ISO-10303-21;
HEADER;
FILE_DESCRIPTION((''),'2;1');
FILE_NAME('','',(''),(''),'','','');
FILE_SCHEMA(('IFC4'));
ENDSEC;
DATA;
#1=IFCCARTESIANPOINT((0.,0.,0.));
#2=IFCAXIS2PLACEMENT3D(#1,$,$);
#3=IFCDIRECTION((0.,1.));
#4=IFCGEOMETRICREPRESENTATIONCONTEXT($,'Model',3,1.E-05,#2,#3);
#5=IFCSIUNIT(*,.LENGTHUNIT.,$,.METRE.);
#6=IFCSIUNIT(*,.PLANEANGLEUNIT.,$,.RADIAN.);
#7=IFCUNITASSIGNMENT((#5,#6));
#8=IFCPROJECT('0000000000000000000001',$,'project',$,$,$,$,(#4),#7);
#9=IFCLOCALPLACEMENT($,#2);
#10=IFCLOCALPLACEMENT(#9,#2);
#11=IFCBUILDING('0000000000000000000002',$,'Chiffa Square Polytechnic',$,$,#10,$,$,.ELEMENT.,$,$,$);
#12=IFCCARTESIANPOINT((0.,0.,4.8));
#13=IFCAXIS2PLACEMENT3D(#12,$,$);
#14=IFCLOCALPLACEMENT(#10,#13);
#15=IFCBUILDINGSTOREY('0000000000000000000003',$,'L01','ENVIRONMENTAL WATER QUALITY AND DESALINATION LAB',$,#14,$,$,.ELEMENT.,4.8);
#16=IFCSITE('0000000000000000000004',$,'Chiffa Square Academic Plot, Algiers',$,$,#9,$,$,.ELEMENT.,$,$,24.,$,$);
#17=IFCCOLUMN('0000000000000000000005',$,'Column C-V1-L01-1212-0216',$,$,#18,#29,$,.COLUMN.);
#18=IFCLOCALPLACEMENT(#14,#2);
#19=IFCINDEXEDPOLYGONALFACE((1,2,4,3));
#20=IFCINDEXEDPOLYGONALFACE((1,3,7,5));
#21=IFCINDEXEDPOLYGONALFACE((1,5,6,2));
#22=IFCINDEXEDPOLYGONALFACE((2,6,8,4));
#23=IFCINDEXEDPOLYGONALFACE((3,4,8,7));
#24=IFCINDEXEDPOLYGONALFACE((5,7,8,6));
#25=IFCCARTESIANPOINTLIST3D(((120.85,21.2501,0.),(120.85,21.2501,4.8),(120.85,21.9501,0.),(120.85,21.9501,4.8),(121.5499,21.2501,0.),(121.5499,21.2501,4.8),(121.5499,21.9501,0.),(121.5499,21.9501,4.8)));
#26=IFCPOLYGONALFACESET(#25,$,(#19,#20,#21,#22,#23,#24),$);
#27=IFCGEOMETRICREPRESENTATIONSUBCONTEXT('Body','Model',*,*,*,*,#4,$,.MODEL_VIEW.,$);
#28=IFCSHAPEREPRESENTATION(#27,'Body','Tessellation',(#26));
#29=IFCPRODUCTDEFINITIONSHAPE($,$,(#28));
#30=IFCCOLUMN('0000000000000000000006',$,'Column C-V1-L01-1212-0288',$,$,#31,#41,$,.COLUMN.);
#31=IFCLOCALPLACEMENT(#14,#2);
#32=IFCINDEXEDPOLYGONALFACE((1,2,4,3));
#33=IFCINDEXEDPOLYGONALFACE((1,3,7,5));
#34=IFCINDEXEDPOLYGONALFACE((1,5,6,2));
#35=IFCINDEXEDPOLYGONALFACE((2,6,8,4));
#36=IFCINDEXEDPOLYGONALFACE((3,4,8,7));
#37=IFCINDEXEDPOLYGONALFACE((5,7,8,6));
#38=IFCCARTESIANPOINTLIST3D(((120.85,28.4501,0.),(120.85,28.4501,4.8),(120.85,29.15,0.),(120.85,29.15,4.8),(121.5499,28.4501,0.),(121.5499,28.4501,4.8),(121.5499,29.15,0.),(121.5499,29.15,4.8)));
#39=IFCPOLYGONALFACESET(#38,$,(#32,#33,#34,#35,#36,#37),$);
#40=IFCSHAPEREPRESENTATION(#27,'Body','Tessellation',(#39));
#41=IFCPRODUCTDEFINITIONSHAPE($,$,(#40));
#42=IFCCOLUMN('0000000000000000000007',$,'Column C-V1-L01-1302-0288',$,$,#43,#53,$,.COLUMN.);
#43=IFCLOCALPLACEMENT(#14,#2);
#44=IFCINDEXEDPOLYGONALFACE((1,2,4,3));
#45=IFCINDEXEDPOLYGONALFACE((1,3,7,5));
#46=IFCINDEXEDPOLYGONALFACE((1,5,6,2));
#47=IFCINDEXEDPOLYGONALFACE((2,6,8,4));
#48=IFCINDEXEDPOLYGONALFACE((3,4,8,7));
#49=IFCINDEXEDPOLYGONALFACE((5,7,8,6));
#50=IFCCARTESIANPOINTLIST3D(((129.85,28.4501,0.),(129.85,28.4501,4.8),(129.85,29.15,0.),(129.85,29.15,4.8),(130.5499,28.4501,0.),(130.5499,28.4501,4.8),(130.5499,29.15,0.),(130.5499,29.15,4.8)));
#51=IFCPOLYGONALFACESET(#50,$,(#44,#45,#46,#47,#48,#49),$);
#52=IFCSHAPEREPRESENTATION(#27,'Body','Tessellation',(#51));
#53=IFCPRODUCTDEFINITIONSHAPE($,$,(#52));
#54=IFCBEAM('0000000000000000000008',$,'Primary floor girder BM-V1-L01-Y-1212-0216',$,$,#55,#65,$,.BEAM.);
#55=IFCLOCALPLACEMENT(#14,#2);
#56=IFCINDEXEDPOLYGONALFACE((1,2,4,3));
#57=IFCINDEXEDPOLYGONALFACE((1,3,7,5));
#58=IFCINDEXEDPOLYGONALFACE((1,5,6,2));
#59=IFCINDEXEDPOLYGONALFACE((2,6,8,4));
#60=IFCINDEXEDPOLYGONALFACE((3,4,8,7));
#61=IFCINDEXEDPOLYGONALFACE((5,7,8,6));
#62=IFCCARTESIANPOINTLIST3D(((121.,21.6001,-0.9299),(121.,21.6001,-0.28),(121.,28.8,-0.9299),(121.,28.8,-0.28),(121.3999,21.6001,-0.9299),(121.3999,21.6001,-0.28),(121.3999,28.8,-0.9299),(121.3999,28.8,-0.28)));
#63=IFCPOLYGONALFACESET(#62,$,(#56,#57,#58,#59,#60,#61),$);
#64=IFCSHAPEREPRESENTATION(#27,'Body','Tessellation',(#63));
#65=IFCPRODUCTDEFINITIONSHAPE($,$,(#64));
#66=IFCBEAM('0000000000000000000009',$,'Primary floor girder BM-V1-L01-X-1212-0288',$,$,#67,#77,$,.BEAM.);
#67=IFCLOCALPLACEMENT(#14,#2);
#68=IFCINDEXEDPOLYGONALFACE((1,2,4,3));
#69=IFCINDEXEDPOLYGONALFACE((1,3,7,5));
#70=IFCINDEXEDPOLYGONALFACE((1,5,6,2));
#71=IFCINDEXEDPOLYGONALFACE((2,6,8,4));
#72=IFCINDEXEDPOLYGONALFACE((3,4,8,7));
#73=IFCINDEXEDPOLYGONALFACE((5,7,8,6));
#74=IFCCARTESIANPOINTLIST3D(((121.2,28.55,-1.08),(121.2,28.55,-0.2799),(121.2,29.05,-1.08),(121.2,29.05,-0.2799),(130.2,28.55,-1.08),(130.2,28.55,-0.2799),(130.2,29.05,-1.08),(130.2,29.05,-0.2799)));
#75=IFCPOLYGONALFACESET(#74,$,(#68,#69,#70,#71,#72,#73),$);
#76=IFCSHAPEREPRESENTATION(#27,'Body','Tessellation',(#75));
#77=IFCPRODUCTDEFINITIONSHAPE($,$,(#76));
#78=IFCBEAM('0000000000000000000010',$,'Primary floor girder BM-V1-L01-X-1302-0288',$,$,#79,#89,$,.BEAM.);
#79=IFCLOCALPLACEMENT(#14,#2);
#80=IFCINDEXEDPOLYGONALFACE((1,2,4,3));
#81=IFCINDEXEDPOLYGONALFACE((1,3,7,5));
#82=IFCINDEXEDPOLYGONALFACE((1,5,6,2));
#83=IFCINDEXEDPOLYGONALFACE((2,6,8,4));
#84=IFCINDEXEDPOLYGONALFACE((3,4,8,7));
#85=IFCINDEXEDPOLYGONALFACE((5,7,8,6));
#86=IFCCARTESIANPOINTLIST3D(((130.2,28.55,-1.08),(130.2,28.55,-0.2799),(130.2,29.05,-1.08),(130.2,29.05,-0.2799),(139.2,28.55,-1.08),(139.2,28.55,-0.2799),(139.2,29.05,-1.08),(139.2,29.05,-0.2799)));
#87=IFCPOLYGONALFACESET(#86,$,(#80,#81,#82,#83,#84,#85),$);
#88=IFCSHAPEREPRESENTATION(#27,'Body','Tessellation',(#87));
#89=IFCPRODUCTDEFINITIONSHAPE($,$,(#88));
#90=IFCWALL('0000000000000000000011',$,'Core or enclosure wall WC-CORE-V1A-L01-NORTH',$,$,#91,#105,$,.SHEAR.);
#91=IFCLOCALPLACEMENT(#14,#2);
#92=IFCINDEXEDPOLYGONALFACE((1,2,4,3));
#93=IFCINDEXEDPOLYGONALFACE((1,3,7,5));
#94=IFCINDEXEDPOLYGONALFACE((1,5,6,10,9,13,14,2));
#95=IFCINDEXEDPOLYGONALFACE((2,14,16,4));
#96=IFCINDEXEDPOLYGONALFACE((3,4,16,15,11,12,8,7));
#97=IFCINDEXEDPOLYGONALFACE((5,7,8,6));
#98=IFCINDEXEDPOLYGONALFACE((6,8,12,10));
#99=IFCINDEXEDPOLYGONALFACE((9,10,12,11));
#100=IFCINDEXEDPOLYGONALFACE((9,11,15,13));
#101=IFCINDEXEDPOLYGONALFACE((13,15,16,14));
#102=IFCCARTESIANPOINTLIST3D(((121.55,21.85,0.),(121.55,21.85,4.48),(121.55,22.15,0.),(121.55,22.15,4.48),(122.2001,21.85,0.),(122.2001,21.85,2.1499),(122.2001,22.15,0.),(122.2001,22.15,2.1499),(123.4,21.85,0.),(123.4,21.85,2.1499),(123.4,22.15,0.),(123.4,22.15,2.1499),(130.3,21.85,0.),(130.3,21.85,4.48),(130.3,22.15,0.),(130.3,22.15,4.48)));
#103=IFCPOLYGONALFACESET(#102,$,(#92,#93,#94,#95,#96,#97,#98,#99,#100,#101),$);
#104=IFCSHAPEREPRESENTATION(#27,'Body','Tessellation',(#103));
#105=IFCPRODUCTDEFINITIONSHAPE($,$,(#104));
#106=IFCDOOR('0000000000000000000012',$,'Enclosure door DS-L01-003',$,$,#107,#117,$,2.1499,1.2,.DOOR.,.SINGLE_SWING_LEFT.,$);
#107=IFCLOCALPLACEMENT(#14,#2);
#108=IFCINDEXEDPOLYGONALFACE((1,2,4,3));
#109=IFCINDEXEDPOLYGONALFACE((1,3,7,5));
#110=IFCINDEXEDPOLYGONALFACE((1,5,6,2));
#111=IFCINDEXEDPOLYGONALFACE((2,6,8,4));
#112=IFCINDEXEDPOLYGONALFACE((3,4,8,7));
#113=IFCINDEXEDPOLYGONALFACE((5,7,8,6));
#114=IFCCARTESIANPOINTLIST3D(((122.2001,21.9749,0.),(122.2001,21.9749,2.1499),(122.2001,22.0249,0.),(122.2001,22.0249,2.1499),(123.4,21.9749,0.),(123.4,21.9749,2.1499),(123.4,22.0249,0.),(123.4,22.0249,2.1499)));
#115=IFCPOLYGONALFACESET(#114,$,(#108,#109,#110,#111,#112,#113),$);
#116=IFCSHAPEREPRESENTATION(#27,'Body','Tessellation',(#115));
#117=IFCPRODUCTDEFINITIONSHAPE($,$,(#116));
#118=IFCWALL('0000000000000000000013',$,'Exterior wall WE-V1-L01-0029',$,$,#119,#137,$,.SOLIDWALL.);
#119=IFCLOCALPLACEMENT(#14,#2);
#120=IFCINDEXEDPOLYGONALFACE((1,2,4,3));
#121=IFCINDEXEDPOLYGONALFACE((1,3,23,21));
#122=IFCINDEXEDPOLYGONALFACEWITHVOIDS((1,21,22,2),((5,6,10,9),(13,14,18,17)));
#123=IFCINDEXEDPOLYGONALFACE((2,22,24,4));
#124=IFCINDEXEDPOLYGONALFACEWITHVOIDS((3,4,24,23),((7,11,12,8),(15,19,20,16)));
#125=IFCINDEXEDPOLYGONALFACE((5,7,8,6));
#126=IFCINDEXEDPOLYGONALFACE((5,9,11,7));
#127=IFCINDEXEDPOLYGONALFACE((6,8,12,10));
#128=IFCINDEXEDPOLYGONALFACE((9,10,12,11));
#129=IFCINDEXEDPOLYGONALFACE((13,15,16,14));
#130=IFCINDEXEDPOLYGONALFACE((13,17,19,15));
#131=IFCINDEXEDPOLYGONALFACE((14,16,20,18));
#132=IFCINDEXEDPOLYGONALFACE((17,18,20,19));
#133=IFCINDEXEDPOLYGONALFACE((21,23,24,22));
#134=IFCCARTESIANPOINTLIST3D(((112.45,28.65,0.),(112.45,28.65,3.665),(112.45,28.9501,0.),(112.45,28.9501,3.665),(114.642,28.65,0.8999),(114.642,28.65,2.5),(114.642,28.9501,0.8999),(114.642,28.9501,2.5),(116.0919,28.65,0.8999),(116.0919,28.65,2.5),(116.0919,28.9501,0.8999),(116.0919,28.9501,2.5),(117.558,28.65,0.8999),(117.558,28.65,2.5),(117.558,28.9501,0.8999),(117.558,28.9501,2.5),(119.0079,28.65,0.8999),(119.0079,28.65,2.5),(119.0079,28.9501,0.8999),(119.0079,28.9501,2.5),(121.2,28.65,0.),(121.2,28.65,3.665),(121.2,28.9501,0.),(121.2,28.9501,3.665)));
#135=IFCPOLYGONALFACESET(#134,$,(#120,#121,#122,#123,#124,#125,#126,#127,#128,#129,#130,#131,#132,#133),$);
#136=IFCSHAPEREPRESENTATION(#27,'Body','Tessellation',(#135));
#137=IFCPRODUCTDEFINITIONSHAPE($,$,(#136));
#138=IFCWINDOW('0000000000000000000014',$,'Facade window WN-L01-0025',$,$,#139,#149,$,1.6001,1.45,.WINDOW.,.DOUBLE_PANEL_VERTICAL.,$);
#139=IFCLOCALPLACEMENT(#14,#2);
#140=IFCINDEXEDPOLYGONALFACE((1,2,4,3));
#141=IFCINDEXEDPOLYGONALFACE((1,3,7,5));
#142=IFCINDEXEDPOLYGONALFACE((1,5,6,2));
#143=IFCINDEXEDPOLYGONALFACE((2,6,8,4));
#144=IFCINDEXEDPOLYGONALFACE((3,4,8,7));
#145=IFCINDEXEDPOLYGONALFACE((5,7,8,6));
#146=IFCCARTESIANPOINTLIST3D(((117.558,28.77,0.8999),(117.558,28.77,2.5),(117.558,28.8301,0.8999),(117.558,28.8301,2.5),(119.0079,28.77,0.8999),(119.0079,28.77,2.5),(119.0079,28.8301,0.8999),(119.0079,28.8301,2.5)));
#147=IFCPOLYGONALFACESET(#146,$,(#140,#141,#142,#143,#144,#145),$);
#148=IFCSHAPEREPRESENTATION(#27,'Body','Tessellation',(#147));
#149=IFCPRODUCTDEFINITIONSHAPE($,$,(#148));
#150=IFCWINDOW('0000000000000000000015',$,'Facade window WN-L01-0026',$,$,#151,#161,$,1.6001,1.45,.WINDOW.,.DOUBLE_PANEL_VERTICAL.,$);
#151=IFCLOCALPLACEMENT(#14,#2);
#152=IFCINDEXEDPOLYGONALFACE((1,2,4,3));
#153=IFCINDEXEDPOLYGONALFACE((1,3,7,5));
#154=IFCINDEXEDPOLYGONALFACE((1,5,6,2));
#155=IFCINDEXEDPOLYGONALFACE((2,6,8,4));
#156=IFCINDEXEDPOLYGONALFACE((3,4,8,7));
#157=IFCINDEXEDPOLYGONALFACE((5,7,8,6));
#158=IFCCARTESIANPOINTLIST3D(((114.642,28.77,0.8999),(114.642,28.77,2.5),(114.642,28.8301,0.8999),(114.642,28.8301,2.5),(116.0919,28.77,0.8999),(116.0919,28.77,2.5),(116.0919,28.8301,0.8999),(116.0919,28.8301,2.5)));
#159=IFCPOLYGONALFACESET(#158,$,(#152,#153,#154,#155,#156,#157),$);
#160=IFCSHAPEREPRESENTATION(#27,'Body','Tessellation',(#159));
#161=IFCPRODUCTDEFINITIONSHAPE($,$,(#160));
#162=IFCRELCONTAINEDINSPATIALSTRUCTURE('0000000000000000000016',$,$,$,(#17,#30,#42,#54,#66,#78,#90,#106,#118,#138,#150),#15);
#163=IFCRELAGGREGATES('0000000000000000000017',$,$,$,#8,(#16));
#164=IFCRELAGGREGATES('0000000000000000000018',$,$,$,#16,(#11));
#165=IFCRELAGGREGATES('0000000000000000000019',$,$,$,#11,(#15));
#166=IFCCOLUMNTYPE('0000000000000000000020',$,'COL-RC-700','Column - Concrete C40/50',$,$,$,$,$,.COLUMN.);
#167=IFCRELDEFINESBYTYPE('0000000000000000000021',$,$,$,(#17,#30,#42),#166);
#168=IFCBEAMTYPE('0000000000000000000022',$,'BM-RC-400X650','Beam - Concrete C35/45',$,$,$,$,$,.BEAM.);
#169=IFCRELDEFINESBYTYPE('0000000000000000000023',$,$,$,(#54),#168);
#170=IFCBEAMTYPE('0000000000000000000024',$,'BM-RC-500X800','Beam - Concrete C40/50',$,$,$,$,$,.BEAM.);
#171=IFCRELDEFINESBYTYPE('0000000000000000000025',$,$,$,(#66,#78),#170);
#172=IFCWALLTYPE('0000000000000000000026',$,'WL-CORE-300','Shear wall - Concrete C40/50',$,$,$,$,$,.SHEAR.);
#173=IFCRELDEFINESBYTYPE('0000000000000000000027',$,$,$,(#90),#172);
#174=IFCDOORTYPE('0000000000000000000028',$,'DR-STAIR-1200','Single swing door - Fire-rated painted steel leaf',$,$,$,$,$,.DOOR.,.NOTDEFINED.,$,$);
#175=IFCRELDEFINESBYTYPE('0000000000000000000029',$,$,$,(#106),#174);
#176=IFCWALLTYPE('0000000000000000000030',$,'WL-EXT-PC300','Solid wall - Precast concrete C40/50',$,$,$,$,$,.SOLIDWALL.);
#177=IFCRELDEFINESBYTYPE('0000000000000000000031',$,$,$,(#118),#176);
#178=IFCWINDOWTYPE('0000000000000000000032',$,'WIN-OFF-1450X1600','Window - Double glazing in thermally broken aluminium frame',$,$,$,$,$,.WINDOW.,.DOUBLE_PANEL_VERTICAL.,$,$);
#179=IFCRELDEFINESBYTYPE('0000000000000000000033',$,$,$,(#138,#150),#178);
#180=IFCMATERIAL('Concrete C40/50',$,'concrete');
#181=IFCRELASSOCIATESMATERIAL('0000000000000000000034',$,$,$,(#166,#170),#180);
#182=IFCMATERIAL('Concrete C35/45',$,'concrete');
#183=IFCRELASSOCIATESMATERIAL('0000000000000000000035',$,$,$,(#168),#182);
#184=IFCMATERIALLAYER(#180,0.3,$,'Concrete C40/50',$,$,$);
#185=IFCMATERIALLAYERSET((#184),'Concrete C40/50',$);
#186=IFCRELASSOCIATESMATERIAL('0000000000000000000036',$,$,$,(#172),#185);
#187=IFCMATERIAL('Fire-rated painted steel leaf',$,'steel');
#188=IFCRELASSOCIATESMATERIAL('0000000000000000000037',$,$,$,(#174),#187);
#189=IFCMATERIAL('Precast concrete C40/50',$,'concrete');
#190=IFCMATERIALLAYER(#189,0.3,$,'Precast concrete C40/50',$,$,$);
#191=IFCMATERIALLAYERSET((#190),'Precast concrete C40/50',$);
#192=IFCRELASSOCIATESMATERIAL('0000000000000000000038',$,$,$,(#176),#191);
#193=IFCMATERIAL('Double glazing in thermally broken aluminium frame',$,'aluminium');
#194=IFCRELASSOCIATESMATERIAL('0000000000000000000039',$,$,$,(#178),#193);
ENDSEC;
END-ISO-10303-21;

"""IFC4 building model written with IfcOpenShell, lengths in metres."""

from ifc_helpers import new_model, si_unit, direction, frame, frame_2d, origin, origin_2d, place, context, subcontext, project, spatial, rectangle, extrude, material, layer, layer_set, material_profile, profile_set, type_object, element, fill, save


model = new_model("IFC4")

# Units and contexts
model_context = context("Model", 3, precision=1e-05, world=origin(), true_north=direction((0.0, 1.0)))
body_context = subcontext(model_context, "Body", "Model", "MODEL_VIEW")
ifc_project = project(units=[si_unit("LENGTHUNIT", "METRE"), si_unit("PLANEANGLEUNIT", "RADIAN")], contexts=[model_context])

# Site, building, storey
site_placement = place(None, origin())
site = spatial("IfcSite", under=ifc_project, at=site_placement, Name="Chiffa Square Academic Plot, Algiers", CompositionType="ELEMENT", RefElevation=24.0)
building_placement = place(site_placement, origin())
building = spatial("IfcBuilding", under=site, at=building_placement, Name="Chiffa Square Polytechnic", CompositionType="ELEMENT")
storey_placement = place(building_placement, frame((0.0, 0.0, 4.8)))
storey = spatial("IfcBuildingStorey", under=building, at=storey_placement, Name="L01", Description="ENVIRONMENTAL WATER QUALITY AND DESALINATION LAB", CompositionType="ELEMENT", Elevation=4.8)

# Columns
ifc_material_1 = material(Name="Concrete C40/50", Category="concrete")
ifc_material_profile_1 = material_profile(ifc_material_1, rectangle(XDim=0.7, YDim=0.7, at=origin_2d()), Name="RC 700x700")
ifc_profile_set_1 = profile_set([ifc_material_profile_1], Name="Concrete C40/50")
column_type = type_object("IfcColumnType", Name="COL-RC-700", Description="Column - Concrete C40/50", PredefinedType="COLUMN", material=ifc_profile_set_1)
for number, where, z_axis, x_axis, name in (
    (1, (121.2, 21.6001, 0.0), (0.0, 0.0, 1.0), (1.0, 0.0, 0.0), "Column C-V1-L01-1212-0216"),
    (2, (121.2, 28.8, 0.0), (0.0, 0.0, 1.0), (1.0, 0.0, 0.0), "Column C-V1-L01-1212-0288"),
    (3, (130.2, 28.8, 0.0), (0.0, 0.0, 1.0), (1.0, 0.0, 0.0), "Column C-V1-L01-1302-0288"),
):
    element("IfcColumn", number, at=place(storey_placement, frame(where, z_axis=z_axis, x_axis=x_axis)), inside=storey, type_object=column_type, Name=name, PredefinedType="COLUMN", context=body_context, shape_type="SweptSolid", body=[
        extrude(rectangle(XDim=0.7, YDim=0.7, at=origin_2d()), origin(), (0.0, 0.0, 1.0), 4.8),
    ])

# Beams
ifc_material_2 = material(Name="Concrete C35/45", Category="concrete")
ifc_material_profile_2 = material_profile(ifc_material_2, rectangle(XDim=0.3999, YDim=0.6499, at=origin_2d()), Name="RC 400x650")
ifc_profile_set_2 = profile_set([ifc_material_profile_2], Name="Concrete C35/45")
beam_type_1 = type_object("IfcBeamType", Name="BM-RC-400X650", Description="Beam - Concrete C35/45", PredefinedType="BEAM", material=ifc_profile_set_2)
beam_placement = place(storey_placement, frame((121.2, 21.6001, -0.605), z_axis=(0.0, 1.0, 0.0), x_axis=(-1.0, 0.0, 0.0)))
element("IfcBeam", 4, at=beam_placement, inside=storey, type_object=beam_type_1, Name="Primary floor girder BM-V1-L01-Y-1212-0216", PredefinedType="BEAM", context=body_context, shape_type="SweptSolid", body=[
    extrude(rectangle(XDim=0.3999, YDim=0.6499, at=origin_2d()), origin(), (0.0, 0.0, 1.0), 7.2),
])
ifc_material_profile_3 = material_profile(ifc_material_1, rectangle(XDim=0.5, YDim=0.8, at=origin_2d()), Name="RC 500x800")
ifc_profile_set_3 = profile_set([ifc_material_profile_3], Name="Concrete C40/50")
beam_type_2 = type_object("IfcBeamType", Name="BM-RC-500X800", Description="Beam - Concrete C40/50", PredefinedType="BEAM", material=ifc_profile_set_3)
for number, where, z_axis, x_axis, name in (
    (5, (121.2, 28.8, -0.6799), (1.0, 0.0, 0.0), (0.0, 1.0, 0.0), "Primary floor girder BM-V1-L01-X-1212-0288"),
    (6, (130.2, 28.8, -0.6799), (1.0, 0.0, 0.0), (0.0, 1.0, 0.0), "Primary floor girder BM-V1-L01-X-1302-0288"),
):
    element("IfcBeam", number, at=place(storey_placement, frame(where, z_axis=z_axis, x_axis=x_axis)), inside=storey, type_object=beam_type_2, Name=name, PredefinedType="BEAM", context=body_context, shape_type="SweptSolid", body=[
        extrude(rectangle(XDim=0.5, YDim=0.8, at=origin_2d()), origin(), (0.0, 0.0, 1.0), 9.0),
    ])

# Wall, opening, door
ifc_layer_1 = layer(ifc_material_1, 0.3, Name="Concrete C40/50")
ifc_layer_set_1 = layer_set([ifc_layer_1], Name="Concrete C40/50")
wall_type_1 = type_object("IfcWallType", Name="WL-CORE-300", Description="Shear wall - Concrete C40/50", PredefinedType="SHEAR", material=ifc_layer_set_1)
wall_1_placement = place(storey_placement, frame((121.55, 22.0, 0.0), z_axis=(0.0, 0.0, 1.0), x_axis=(1.0, 0.0, 0.0)))
wall_1 = element("IfcWall", 7, at=wall_1_placement, inside=storey, type_object=wall_type_1, Name="Core or enclosure wall WC-CORE-V1A-L01-NORTH", PredefinedType="SHEAR", context=body_context, shape_type="SweptSolid", body=[
    extrude(rectangle(XDim=8.75, YDim=0.3, at=frame_2d((4.375, 0.0))), origin(), (0.0, 0.0, 1.0), 4.48),
])
opening_1_placement = place(wall_1_placement, frame((0.6499, 0.0, 0.0)))
opening_1 = element("IfcOpeningElement", 8, at=opening_1_placement, cuts=wall_1, PredefinedType="OPENING", context=body_context, shape_type="SweptSolid", body=[
    extrude(rectangle(XDim=1.2, YDim=2.1499, at=frame_2d((0.6001, 1.075))), frame((0.0, 0.1602, 0.0), z_axis=(0.0, -1.0, 0.0), x_axis=(1.0, 0.0, 0.0)), (0.0, 0.0, 1.0), 0.3201),
])
ifc_material_3 = material(Name="Fire-rated painted steel leaf", Category="steel")
door_type_1 = type_object("IfcDoorType", Name="DR-STAIR-1200", Description="Single swing door - Fire-rated painted steel leaf", OperationType="NOTDEFINED", PredefinedType="DOOR", material=ifc_material_3)
door_1_placement = place(opening_1_placement, origin())
door_1 = element("IfcDoor", 9, at=door_1_placement, inside=storey, type_object=door_type_1, Name="Enclosure door DS-L01-003", OperationType="SINGLE_SWING_LEFT", OverallHeight=2.1499, OverallWidth=1.2, PredefinedType="DOOR", context=body_context, shape_type="SweptSolid", body=[
    extrude(rectangle(XDim=1.2, YDim=2.1499, at=frame_2d((0.6001, 1.075))), frame((0.0, 0.0249, 0.0), z_axis=(0.0, -1.0, 0.0), x_axis=(1.0, 0.0, 0.0)), (0.0, 0.0, 1.0), 0.05),
])
fill(opening_1, door_1)

# Wall, openings, windows
ifc_material_4 = material(Name="Precast concrete C40/50", Category="concrete")
ifc_layer_2 = layer(ifc_material_4, 0.3, Name="Precast concrete C40/50")
ifc_layer_set_2 = layer_set([ifc_layer_2], Name="Precast concrete C40/50")
wall_type_2 = type_object("IfcWallType", Name="WL-EXT-PC300", Description="Solid wall - Precast concrete C40/50", PredefinedType="SOLIDWALL", material=ifc_layer_set_2)
wall_2_placement = place(storey_placement, frame((121.2, 28.8, 0.0), z_axis=(0.0, 0.0, 1.0), x_axis=(-1.0, 0.0, 0.0)))
wall_2 = element("IfcWall", 10, at=wall_2_placement, inside=storey, type_object=wall_type_2, Name="Exterior wall WE-V1-L01-0029", PredefinedType="SOLIDWALL", context=body_context, shape_type="SweptSolid", body=[
    extrude(rectangle(XDim=8.75, YDim=0.3, at=frame_2d((4.375, 0.0))), origin(), (0.0, 0.0, 1.0), 3.665),
])
opening_2_placement = place(wall_2_placement, frame((2.1919, 0.0, 0.8999)))
opening_2 = element("IfcOpeningElement", 11, at=opening_2_placement, cuts=wall_2, PredefinedType="OPENING", context=body_context, shape_type="SweptSolid", body=[
    extrude(rectangle(XDim=1.45, YDim=1.6001, at=frame_2d((0.7251, 0.8))), frame((0.0, 0.1602, 0.0), z_axis=(0.0, -1.0, 0.0), x_axis=(1.0, 0.0, 0.0)), (0.0, 0.0, 1.0), 0.3201),
])
opening_3_placement = place(wall_2_placement, frame((5.1079, 0.0, 0.8999)))
opening_3 = element("IfcOpeningElement", 12, at=opening_3_placement, cuts=wall_2, PredefinedType="OPENING", context=body_context, shape_type="SweptSolid", body=[
    extrude(rectangle(XDim=1.45, YDim=1.6001, at=frame_2d((0.7251, 0.8))), frame((0.0, 0.1602, 0.0), z_axis=(0.0, -1.0, 0.0), x_axis=(1.0, 0.0, 0.0)), (0.0, 0.0, 1.0), 0.3201),
])
ifc_material_5 = material(Name="Double glazing in thermally broken aluminium frame", Category="aluminium")
window_type_1 = type_object("IfcWindowType", Name="WIN-OFF-1450X1600", Description="Window - Double glazing in thermally broken aluminium frame", PartitioningType="DOUBLE_PANEL_VERTICAL", PredefinedType="WINDOW", material=ifc_material_5)
window_1_placement = place(opening_2_placement, origin())
window_1 = element("IfcWindow", 13, at=window_1_placement, inside=storey, type_object=window_type_1, Name="Facade window WN-L01-0025", OverallHeight=1.6001, OverallWidth=1.45, PartitioningType="DOUBLE_PANEL_VERTICAL", PredefinedType="WINDOW", context=body_context, shape_type="SweptSolid", body=[
    extrude(rectangle(XDim=1.45, YDim=1.6001, at=frame_2d((0.7251, 0.8))), frame((0.0, 0.03, 0.0), z_axis=(0.0, -1.0, 0.0), x_axis=(1.0, 0.0, 0.0)), (0.0, 0.0, 1.0), 0.0601),
])
fill(opening_2, window_1)
window_2_placement = place(opening_3_placement, origin())
window_2 = element("IfcWindow", 14, at=window_2_placement, inside=storey, type_object=window_type_1, Name="Facade window WN-L01-0026", OverallHeight=1.6001, OverallWidth=1.45, PartitioningType="DOUBLE_PANEL_VERTICAL", PredefinedType="WINDOW", context=body_context, shape_type="SweptSolid", body=[
    extrude(rectangle(XDim=1.45, YDim=1.6001, at=frame_2d((0.7251, 0.8))), frame((0.0, 0.03, 0.0), z_axis=(0.0, -1.0, 0.0), x_axis=(1.0, 0.0, 0.0)), (0.0, 0.0, 1.0), 0.0601),
])
fill(opening_3, window_2)

save(model, "model.ifc")
